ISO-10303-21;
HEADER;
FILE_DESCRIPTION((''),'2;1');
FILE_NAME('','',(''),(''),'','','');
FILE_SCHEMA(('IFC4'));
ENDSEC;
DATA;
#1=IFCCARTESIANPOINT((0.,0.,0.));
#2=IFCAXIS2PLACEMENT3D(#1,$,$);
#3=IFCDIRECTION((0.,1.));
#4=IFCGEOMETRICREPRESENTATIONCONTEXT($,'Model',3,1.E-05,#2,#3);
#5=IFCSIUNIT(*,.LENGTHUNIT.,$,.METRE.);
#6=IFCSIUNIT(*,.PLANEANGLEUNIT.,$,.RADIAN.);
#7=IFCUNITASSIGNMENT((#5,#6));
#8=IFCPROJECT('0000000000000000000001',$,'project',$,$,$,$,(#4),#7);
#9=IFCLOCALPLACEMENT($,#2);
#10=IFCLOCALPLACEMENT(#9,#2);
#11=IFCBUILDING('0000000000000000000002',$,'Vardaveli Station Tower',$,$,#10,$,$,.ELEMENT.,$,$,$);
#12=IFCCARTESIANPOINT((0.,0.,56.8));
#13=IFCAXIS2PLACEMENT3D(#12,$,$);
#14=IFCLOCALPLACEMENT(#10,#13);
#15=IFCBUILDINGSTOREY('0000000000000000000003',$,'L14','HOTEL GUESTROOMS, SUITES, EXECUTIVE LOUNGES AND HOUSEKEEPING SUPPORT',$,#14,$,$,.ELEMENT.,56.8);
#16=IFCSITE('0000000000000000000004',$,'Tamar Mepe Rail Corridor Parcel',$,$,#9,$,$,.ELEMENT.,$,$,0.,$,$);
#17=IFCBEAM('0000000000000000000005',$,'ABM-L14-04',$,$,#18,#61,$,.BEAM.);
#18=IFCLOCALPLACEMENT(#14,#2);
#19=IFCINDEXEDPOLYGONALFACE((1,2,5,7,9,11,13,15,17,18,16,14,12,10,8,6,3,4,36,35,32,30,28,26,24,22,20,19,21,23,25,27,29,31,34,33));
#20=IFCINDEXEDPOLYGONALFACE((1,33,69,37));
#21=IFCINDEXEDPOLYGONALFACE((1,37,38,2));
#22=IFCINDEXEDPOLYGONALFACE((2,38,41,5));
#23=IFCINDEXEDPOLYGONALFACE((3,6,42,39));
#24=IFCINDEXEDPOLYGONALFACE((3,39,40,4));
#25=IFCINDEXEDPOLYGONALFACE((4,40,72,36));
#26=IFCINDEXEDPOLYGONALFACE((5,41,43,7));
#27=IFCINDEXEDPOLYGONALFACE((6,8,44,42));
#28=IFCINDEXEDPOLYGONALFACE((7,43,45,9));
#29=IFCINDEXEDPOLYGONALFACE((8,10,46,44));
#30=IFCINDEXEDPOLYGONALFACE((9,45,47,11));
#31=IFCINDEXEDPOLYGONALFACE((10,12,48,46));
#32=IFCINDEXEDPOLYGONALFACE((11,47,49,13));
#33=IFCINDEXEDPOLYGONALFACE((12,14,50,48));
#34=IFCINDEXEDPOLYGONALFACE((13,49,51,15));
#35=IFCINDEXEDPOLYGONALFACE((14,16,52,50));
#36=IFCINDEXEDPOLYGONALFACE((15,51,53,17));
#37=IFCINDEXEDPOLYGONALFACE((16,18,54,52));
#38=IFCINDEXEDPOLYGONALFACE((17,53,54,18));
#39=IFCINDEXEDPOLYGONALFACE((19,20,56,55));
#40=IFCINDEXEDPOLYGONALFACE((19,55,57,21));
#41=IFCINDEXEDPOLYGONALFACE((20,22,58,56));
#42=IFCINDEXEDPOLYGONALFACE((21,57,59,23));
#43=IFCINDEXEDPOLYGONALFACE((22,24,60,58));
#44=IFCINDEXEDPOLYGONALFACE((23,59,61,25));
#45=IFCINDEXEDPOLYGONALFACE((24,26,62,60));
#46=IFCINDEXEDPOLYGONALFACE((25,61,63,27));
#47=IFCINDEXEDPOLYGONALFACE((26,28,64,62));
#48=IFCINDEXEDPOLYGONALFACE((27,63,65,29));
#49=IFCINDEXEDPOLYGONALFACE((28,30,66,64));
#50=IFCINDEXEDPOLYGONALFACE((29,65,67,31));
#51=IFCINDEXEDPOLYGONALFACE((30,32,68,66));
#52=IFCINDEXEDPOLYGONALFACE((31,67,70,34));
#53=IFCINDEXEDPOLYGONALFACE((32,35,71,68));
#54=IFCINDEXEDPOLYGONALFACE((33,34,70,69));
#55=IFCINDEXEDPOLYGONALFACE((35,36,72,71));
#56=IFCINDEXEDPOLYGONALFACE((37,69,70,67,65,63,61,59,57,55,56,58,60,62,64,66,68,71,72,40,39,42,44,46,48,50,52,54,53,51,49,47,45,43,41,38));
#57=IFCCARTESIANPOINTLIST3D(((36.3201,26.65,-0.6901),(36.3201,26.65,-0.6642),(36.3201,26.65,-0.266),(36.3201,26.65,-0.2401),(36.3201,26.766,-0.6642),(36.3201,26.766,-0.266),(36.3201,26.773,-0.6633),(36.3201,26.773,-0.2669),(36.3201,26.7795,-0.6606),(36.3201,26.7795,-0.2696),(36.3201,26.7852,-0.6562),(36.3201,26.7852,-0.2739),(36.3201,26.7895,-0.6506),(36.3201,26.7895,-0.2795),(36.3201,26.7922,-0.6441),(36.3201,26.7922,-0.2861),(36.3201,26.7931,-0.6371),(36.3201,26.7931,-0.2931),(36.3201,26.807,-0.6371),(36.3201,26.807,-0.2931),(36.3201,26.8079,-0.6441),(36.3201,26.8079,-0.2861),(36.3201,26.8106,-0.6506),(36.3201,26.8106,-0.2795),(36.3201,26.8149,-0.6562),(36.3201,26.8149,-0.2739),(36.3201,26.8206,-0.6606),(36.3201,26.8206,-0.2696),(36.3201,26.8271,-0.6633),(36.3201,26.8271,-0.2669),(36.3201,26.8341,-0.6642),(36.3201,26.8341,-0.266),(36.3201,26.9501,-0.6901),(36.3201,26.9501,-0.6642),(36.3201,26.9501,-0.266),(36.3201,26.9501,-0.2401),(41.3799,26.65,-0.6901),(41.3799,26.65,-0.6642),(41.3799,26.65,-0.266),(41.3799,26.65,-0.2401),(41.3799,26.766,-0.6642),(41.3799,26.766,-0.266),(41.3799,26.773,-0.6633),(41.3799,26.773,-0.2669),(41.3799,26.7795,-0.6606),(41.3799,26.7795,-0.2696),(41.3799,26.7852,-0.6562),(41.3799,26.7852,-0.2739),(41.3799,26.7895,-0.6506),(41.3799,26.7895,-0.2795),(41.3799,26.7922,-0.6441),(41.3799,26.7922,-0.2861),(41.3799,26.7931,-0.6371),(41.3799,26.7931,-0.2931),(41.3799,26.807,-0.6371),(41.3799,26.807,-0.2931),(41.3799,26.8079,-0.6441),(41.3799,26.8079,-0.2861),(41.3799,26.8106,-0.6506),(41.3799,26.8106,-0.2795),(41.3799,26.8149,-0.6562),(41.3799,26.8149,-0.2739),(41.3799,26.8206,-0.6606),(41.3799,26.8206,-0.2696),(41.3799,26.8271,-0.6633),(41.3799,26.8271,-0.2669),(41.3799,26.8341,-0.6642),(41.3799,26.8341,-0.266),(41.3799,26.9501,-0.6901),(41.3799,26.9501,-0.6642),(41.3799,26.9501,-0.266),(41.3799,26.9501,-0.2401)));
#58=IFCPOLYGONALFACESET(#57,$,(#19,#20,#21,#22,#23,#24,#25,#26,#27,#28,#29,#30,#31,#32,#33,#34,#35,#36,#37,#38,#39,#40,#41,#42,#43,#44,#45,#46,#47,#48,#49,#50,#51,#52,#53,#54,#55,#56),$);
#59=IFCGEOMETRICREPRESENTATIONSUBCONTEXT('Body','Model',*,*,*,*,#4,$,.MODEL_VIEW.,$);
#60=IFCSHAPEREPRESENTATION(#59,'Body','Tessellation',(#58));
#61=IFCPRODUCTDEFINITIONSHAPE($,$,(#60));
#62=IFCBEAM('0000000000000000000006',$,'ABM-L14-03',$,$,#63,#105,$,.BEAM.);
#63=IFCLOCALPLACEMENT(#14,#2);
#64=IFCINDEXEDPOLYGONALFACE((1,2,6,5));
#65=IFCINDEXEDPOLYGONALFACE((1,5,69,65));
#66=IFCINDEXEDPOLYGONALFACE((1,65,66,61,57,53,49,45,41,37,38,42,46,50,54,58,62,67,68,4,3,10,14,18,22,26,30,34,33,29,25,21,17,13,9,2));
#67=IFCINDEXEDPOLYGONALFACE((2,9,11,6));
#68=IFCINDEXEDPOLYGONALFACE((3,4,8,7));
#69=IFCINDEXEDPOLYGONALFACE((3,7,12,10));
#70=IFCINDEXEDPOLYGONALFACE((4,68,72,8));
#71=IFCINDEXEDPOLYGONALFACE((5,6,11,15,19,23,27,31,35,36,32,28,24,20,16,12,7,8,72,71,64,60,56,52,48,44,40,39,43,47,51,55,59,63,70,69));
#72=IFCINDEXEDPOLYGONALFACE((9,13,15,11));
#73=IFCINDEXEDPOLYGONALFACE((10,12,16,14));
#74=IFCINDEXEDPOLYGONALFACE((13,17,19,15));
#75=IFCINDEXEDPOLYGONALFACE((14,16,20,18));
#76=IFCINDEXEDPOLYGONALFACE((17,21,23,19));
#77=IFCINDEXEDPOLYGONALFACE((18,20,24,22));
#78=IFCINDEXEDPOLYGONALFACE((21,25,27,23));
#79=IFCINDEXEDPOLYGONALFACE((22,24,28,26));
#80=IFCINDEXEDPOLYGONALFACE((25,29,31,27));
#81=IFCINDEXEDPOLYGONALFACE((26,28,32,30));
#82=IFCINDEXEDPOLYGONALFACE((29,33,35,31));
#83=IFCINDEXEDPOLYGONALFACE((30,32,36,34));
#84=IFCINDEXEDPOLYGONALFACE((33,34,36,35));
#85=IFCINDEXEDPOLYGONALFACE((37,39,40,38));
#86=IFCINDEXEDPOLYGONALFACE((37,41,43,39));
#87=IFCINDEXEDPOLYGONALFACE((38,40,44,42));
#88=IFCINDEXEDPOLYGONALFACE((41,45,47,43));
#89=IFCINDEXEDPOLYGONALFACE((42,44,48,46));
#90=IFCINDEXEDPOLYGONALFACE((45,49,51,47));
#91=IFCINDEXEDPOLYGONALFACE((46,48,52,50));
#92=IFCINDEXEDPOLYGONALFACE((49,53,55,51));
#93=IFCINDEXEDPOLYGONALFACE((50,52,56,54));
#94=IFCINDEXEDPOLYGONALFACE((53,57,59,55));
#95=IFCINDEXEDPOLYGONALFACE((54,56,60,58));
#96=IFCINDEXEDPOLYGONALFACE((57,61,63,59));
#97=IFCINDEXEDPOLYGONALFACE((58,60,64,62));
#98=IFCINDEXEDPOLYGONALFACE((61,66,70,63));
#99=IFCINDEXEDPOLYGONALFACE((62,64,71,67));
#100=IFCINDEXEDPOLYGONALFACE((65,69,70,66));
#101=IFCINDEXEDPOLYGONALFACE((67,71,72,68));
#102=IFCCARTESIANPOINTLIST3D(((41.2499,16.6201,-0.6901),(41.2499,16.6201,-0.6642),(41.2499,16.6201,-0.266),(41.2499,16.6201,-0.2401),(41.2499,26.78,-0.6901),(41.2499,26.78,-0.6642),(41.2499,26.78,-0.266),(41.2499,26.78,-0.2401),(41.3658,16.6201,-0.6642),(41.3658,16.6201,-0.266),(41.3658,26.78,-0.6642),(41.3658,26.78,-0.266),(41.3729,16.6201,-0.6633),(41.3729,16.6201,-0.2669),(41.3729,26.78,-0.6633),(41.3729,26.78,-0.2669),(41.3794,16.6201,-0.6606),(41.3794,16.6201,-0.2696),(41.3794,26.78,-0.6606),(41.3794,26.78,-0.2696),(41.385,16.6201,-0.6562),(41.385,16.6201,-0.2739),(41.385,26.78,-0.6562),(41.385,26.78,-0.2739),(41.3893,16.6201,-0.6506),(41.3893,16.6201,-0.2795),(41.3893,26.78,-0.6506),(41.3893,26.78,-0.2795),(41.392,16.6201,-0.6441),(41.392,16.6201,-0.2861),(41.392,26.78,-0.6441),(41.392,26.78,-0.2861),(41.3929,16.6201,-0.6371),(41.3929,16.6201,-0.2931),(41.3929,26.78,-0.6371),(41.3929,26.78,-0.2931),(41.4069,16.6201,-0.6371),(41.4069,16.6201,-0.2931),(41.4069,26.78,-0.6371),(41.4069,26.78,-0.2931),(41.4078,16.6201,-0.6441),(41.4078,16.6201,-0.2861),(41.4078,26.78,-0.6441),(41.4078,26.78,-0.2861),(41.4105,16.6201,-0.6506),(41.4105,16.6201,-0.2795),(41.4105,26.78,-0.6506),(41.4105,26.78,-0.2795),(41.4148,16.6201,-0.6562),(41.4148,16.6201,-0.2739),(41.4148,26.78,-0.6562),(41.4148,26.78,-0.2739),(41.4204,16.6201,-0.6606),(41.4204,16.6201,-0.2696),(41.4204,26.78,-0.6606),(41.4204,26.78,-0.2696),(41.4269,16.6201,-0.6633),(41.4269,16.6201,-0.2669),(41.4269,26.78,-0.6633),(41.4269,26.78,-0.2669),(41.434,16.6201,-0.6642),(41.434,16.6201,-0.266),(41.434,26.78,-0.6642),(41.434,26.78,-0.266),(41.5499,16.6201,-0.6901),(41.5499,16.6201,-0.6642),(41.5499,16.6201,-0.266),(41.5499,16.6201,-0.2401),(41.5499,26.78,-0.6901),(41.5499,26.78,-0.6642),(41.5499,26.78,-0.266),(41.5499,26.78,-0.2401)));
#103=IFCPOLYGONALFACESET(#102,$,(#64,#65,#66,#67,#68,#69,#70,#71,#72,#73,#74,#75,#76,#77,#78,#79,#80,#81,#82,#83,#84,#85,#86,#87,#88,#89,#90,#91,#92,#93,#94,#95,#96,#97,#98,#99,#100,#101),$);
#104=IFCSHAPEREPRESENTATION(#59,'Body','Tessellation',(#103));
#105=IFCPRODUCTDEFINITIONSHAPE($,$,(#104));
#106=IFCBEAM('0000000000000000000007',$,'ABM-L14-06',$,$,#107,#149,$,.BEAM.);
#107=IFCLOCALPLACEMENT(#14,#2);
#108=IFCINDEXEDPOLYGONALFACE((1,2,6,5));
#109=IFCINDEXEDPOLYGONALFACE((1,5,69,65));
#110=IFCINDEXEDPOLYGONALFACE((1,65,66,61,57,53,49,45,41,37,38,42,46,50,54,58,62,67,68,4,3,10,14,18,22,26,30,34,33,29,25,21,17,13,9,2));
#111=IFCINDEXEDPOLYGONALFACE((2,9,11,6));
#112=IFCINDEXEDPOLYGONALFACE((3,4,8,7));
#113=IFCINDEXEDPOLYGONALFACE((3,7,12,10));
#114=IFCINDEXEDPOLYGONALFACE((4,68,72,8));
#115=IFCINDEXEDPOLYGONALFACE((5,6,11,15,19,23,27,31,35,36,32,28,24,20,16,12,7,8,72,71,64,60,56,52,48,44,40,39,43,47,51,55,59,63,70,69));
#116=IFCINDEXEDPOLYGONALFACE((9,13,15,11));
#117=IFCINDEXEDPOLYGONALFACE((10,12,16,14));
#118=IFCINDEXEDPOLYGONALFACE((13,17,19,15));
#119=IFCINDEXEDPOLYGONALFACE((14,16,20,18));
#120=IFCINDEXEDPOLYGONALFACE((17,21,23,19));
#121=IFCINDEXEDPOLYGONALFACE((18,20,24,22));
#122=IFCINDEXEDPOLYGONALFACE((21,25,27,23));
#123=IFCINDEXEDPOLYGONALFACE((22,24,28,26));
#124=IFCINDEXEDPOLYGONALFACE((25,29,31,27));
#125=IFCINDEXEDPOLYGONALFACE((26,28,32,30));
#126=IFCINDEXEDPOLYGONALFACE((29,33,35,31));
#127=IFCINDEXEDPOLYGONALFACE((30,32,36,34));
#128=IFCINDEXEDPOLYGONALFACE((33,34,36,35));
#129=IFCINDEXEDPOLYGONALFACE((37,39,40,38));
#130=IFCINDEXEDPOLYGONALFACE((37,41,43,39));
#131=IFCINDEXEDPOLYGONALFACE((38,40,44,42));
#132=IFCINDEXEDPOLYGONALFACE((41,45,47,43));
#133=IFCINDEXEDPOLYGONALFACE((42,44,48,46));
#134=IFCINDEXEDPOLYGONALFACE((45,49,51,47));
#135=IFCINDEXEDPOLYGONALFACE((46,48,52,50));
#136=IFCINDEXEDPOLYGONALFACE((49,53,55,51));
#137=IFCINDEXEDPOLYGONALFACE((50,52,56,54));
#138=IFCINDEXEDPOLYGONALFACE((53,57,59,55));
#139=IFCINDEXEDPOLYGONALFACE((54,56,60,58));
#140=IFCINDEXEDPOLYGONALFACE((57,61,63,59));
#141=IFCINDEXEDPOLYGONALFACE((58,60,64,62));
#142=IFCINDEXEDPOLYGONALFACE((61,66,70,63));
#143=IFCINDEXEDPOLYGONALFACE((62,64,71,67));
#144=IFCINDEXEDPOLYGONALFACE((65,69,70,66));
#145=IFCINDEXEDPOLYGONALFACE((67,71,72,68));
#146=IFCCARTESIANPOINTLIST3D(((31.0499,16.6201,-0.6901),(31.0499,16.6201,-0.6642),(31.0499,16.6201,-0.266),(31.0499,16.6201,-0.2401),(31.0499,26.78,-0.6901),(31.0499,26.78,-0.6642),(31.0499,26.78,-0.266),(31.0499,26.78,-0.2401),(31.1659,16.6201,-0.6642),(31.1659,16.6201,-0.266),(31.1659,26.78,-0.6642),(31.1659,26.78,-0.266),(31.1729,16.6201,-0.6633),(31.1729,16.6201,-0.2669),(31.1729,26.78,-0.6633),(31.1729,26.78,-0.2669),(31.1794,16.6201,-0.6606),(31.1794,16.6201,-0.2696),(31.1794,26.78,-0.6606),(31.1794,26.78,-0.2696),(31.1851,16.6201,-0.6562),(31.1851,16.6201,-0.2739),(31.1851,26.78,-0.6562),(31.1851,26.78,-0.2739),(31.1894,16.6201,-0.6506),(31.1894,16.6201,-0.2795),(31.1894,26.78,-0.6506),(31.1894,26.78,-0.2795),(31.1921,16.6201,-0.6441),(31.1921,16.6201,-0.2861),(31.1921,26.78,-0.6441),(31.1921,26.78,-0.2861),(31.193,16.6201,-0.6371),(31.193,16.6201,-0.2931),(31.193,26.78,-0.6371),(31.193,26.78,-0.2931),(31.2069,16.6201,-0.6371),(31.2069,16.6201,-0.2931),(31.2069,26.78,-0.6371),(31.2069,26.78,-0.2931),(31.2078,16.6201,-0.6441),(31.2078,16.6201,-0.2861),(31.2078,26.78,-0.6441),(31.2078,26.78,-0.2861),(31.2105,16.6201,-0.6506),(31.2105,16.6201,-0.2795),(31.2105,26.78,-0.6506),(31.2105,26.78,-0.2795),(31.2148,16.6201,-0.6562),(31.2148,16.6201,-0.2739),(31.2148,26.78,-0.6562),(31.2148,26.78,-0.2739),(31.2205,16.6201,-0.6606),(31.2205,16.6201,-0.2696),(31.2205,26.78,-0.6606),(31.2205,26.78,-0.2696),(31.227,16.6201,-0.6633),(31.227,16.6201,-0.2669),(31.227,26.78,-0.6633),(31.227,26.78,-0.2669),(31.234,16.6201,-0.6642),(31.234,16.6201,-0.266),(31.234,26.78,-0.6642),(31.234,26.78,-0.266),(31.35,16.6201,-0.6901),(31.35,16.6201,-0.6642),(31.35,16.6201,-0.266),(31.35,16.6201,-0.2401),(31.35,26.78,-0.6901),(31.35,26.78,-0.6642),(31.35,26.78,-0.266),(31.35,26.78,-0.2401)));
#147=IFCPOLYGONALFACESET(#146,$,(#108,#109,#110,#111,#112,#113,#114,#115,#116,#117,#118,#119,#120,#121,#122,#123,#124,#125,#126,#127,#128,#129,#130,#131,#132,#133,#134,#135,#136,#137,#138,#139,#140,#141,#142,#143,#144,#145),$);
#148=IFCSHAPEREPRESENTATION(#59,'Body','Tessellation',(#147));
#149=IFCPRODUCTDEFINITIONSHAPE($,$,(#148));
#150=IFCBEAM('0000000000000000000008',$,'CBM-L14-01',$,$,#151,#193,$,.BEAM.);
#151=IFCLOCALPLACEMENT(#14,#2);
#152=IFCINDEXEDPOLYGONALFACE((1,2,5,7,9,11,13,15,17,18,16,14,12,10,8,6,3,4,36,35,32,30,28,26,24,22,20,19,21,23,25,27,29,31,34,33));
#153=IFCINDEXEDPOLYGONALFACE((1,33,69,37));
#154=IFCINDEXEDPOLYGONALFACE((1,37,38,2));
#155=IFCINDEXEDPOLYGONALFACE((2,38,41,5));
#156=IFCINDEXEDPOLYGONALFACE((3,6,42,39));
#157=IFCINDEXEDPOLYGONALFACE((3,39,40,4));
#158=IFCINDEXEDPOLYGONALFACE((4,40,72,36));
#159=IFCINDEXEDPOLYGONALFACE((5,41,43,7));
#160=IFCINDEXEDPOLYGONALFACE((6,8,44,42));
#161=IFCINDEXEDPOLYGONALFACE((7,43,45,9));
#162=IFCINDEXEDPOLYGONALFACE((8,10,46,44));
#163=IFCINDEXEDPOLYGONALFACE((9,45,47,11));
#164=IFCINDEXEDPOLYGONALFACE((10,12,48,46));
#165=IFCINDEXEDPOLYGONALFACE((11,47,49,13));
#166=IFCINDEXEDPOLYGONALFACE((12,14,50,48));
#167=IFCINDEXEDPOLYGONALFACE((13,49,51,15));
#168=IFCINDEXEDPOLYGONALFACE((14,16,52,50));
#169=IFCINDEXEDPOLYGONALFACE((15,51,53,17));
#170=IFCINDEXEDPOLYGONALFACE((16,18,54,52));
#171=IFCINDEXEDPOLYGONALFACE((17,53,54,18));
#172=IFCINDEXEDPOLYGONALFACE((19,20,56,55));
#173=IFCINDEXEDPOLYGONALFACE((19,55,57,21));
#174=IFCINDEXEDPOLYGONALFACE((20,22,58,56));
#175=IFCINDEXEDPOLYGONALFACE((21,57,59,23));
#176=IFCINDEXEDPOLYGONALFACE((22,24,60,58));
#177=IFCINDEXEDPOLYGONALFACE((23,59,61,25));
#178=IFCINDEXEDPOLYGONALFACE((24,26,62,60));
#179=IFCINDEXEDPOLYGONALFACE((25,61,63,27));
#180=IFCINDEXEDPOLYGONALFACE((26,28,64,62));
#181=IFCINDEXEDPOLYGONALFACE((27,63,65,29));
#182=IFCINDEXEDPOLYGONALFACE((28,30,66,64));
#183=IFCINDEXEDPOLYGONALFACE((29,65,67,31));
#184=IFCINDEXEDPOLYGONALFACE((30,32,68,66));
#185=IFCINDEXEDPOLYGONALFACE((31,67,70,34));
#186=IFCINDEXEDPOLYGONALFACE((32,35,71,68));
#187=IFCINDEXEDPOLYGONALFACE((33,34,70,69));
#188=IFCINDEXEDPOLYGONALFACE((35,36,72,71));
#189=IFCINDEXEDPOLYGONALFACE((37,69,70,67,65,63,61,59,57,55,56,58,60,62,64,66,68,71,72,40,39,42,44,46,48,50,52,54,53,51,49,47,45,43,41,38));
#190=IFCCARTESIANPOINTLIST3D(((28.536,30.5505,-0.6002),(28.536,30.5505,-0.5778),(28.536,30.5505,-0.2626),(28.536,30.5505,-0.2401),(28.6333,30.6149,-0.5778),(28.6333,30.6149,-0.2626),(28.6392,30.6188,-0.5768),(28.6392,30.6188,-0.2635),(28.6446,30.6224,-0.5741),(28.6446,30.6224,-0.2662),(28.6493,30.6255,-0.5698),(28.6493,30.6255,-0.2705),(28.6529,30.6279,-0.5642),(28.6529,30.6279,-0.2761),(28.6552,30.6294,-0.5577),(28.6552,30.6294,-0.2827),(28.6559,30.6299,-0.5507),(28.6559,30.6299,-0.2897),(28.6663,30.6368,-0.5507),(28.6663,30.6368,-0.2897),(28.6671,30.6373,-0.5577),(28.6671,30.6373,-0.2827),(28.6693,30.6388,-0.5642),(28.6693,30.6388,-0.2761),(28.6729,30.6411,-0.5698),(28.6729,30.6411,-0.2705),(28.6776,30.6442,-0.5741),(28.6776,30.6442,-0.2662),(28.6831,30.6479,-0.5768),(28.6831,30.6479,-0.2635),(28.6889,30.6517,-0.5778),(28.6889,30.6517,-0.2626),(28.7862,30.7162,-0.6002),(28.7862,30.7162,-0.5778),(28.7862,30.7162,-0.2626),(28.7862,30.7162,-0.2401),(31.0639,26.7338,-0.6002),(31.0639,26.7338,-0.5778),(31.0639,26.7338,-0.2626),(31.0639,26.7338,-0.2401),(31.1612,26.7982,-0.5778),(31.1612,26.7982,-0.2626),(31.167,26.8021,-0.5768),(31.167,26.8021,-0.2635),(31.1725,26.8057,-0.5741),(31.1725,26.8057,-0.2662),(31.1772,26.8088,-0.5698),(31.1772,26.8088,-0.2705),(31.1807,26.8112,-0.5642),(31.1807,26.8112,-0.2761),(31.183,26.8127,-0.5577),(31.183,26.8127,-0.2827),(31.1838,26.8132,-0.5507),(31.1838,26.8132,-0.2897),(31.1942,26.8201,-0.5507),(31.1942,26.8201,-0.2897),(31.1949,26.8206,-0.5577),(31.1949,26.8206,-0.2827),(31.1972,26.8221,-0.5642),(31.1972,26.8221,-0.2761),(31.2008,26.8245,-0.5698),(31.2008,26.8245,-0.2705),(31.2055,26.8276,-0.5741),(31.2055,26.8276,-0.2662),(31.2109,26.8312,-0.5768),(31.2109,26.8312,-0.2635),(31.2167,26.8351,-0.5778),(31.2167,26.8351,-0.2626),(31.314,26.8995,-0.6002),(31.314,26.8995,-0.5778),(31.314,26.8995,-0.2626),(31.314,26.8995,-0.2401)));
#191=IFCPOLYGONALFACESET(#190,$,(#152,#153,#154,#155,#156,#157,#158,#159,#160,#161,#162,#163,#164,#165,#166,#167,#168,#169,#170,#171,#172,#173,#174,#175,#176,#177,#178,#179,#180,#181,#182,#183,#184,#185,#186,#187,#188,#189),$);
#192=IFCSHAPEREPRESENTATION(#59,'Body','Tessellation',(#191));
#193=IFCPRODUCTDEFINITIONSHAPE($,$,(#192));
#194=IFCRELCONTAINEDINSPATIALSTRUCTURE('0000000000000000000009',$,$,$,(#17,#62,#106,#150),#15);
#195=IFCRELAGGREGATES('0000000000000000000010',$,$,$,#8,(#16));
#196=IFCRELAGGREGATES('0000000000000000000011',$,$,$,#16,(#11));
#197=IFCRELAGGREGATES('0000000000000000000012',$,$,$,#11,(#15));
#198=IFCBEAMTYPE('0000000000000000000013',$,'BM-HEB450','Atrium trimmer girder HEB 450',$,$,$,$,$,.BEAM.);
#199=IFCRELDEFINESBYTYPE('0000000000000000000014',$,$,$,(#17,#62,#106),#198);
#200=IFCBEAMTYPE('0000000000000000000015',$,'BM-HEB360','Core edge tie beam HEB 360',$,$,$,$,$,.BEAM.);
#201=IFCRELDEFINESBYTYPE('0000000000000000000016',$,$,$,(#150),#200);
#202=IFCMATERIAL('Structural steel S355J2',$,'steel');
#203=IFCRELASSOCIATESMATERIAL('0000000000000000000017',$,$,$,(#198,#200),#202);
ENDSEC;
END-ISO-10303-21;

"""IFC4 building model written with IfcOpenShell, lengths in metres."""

from ifc_helpers import new_model, si_unit, direction, frame, origin, origin_2d, place, context, subcontext, project, spatial, i_section, extrude, source, transform, mapped, material, material_profile, profile_set, type_object, element, save


model = new_model("IFC4")

# Units and contexts
model_context = context("Model", 3, precision=1e-05, world=origin(), true_north=direction((0.0, 1.0)))
body_context = subcontext(model_context, "Body", "Model", "MODEL_VIEW")
ifc_project = project(units=[si_unit("LENGTHUNIT", "METRE"), si_unit("PLANEANGLEUNIT", "RADIAN")], contexts=[model_context])

# Site, building, storey
site_placement = place(None, origin())
site = spatial("IfcSite", under=ifc_project, at=site_placement, Name="Tamar Mepe Rail Corridor Parcel", CompositionType="ELEMENT", RefElevation=0.0)
building_placement = place(site_placement, origin())
building = spatial("IfcBuilding", under=site, at=building_placement, Name="Vardaveli Station Tower", CompositionType="ELEMENT")
storey_placement = place(building_placement, frame((0.0, 0.0, 56.8)))
storey = spatial("IfcBuildingStorey", under=building, at=storey_placement, Name="L14", Description="HOTEL GUESTROOMS, SUITES, EXECUTIVE LOUNGES AND HOUSEKEEPING SUPPORT", CompositionType="ELEMENT", Elevation=56.8)

# Beams
ifc_material_1 = material(Name="Structural steel S355J2", Category="steel")
ifc_material_profile_1 = material_profile(ifc_material_1, i_section(OverallWidth=0.3, OverallDepth=0.45, WebThickness=0.0139, FlangeThickness=0.0259, FilletRadius=0.0271, at=origin_2d()), Name="HEB 450")
ifc_profile_set_1 = profile_set([ifc_material_profile_1], Name="Structural steel S355J2")
beam_type_1 = type_object("IfcBeamType", Name="BM-HEB450", Description="Atrium trimmer girder HEB 450", PredefinedType="BEAM", material=ifc_profile_set_1)
shared_shape_1 = source(origin(), body_context, "Body", "SweptSolid", [
    extrude(i_section(OverallWidth=0.3, OverallDepth=0.45, WebThickness=0.0139, FlangeThickness=0.0259, FilletRadius=0.0271, at=origin_2d()), origin(), (0.0, 0.0, 1.0), 5.0598),
])
beam_1_placement = place(storey_placement, frame((41.3799, 26.8, -0.4651), z_axis=(-1.0, 0.0, 0.0), x_axis=(0.0, -1.0, 0.0)))
element("IfcBeam", 1, at=beam_1_placement, inside=storey, type_object=beam_type_1, Name="ABM-L14-04", PredefinedType="BEAM", context=body_context, shape_type="MappedRepresentation", body=[
    mapped(shared_shape_1, transform((0.0, 0.0, 0.0), scale=1.0)),
])
shared_shape_2 = source(origin(), body_context, "Body", "SweptSolid", [
    extrude(i_section(OverallWidth=0.3, OverallDepth=0.45, WebThickness=0.0139, FlangeThickness=0.0259, FilletRadius=0.0271, at=origin_2d()), origin(), (0.0, 0.0, 1.0), 10.1599),
])
for number, where, z_axis, x_axis, name in (
    (2, (41.3999, 16.6201, -0.4651), (0.0, 1.0, 0.0), (-1.0, 0.0, 0.0), "ABM-L14-03"),
    (3, (31.2, 26.78, -0.4651), (0.0, -1.0, 0.0), (1.0, 0.0, 0.0), "ABM-L14-06"),
):
    element("IfcBeam", number, at=place(storey_placement, frame(where, z_axis=z_axis, x_axis=x_axis)), inside=storey, type_object=beam_type_1, Name=name, PredefinedType="BEAM", context=body_context, shape_type="MappedRepresentation", body=[
        mapped(shared_shape_2, transform((0.0, 0.0, 0.0), scale=1.0)),
    ])
ifc_material_profile_2 = material_profile(ifc_material_1, i_section(OverallWidth=0.3, OverallDepth=0.3601, WebThickness=0.0125, FlangeThickness=0.0225, FilletRadius=0.0271, at=origin_2d()), Name="HEB 360")
ifc_profile_set_2 = profile_set([ifc_material_profile_2], Name="Structural steel S355J2")
beam_type_2 = type_object("IfcBeamType", Name="BM-HEB360", Description="Core edge tie beam HEB 360", PredefinedType="BEAM", material=ifc_profile_set_2)
shared_shape_3 = source(origin(), body_context, "Body", "SweptSolid", [
    extrude(i_section(OverallWidth=0.3, OverallDepth=0.3601, WebThickness=0.0125, FlangeThickness=0.0225, FilletRadius=0.0271, at=origin_2d()), origin(), (0.0, 0.0, 1.0), 4.5779),
])
beam_2_placement = place(storey_placement, frame((31.189, 26.8167, -0.4202), z_axis=(-0.552187, 0.83372, 0.0), x_axis=(-0.83372, -0.552187, 0.0)))
element("IfcBeam", 4, at=beam_2_placement, inside=storey, type_object=beam_type_2, Name="CBM-L14-01", PredefinedType="BEAM", context=body_context, shape_type="MappedRepresentation", body=[
    mapped(shared_shape_3, transform((0.0, 0.0, 0.0), scale=1.0)),
])

save(model, "model.ifc")
